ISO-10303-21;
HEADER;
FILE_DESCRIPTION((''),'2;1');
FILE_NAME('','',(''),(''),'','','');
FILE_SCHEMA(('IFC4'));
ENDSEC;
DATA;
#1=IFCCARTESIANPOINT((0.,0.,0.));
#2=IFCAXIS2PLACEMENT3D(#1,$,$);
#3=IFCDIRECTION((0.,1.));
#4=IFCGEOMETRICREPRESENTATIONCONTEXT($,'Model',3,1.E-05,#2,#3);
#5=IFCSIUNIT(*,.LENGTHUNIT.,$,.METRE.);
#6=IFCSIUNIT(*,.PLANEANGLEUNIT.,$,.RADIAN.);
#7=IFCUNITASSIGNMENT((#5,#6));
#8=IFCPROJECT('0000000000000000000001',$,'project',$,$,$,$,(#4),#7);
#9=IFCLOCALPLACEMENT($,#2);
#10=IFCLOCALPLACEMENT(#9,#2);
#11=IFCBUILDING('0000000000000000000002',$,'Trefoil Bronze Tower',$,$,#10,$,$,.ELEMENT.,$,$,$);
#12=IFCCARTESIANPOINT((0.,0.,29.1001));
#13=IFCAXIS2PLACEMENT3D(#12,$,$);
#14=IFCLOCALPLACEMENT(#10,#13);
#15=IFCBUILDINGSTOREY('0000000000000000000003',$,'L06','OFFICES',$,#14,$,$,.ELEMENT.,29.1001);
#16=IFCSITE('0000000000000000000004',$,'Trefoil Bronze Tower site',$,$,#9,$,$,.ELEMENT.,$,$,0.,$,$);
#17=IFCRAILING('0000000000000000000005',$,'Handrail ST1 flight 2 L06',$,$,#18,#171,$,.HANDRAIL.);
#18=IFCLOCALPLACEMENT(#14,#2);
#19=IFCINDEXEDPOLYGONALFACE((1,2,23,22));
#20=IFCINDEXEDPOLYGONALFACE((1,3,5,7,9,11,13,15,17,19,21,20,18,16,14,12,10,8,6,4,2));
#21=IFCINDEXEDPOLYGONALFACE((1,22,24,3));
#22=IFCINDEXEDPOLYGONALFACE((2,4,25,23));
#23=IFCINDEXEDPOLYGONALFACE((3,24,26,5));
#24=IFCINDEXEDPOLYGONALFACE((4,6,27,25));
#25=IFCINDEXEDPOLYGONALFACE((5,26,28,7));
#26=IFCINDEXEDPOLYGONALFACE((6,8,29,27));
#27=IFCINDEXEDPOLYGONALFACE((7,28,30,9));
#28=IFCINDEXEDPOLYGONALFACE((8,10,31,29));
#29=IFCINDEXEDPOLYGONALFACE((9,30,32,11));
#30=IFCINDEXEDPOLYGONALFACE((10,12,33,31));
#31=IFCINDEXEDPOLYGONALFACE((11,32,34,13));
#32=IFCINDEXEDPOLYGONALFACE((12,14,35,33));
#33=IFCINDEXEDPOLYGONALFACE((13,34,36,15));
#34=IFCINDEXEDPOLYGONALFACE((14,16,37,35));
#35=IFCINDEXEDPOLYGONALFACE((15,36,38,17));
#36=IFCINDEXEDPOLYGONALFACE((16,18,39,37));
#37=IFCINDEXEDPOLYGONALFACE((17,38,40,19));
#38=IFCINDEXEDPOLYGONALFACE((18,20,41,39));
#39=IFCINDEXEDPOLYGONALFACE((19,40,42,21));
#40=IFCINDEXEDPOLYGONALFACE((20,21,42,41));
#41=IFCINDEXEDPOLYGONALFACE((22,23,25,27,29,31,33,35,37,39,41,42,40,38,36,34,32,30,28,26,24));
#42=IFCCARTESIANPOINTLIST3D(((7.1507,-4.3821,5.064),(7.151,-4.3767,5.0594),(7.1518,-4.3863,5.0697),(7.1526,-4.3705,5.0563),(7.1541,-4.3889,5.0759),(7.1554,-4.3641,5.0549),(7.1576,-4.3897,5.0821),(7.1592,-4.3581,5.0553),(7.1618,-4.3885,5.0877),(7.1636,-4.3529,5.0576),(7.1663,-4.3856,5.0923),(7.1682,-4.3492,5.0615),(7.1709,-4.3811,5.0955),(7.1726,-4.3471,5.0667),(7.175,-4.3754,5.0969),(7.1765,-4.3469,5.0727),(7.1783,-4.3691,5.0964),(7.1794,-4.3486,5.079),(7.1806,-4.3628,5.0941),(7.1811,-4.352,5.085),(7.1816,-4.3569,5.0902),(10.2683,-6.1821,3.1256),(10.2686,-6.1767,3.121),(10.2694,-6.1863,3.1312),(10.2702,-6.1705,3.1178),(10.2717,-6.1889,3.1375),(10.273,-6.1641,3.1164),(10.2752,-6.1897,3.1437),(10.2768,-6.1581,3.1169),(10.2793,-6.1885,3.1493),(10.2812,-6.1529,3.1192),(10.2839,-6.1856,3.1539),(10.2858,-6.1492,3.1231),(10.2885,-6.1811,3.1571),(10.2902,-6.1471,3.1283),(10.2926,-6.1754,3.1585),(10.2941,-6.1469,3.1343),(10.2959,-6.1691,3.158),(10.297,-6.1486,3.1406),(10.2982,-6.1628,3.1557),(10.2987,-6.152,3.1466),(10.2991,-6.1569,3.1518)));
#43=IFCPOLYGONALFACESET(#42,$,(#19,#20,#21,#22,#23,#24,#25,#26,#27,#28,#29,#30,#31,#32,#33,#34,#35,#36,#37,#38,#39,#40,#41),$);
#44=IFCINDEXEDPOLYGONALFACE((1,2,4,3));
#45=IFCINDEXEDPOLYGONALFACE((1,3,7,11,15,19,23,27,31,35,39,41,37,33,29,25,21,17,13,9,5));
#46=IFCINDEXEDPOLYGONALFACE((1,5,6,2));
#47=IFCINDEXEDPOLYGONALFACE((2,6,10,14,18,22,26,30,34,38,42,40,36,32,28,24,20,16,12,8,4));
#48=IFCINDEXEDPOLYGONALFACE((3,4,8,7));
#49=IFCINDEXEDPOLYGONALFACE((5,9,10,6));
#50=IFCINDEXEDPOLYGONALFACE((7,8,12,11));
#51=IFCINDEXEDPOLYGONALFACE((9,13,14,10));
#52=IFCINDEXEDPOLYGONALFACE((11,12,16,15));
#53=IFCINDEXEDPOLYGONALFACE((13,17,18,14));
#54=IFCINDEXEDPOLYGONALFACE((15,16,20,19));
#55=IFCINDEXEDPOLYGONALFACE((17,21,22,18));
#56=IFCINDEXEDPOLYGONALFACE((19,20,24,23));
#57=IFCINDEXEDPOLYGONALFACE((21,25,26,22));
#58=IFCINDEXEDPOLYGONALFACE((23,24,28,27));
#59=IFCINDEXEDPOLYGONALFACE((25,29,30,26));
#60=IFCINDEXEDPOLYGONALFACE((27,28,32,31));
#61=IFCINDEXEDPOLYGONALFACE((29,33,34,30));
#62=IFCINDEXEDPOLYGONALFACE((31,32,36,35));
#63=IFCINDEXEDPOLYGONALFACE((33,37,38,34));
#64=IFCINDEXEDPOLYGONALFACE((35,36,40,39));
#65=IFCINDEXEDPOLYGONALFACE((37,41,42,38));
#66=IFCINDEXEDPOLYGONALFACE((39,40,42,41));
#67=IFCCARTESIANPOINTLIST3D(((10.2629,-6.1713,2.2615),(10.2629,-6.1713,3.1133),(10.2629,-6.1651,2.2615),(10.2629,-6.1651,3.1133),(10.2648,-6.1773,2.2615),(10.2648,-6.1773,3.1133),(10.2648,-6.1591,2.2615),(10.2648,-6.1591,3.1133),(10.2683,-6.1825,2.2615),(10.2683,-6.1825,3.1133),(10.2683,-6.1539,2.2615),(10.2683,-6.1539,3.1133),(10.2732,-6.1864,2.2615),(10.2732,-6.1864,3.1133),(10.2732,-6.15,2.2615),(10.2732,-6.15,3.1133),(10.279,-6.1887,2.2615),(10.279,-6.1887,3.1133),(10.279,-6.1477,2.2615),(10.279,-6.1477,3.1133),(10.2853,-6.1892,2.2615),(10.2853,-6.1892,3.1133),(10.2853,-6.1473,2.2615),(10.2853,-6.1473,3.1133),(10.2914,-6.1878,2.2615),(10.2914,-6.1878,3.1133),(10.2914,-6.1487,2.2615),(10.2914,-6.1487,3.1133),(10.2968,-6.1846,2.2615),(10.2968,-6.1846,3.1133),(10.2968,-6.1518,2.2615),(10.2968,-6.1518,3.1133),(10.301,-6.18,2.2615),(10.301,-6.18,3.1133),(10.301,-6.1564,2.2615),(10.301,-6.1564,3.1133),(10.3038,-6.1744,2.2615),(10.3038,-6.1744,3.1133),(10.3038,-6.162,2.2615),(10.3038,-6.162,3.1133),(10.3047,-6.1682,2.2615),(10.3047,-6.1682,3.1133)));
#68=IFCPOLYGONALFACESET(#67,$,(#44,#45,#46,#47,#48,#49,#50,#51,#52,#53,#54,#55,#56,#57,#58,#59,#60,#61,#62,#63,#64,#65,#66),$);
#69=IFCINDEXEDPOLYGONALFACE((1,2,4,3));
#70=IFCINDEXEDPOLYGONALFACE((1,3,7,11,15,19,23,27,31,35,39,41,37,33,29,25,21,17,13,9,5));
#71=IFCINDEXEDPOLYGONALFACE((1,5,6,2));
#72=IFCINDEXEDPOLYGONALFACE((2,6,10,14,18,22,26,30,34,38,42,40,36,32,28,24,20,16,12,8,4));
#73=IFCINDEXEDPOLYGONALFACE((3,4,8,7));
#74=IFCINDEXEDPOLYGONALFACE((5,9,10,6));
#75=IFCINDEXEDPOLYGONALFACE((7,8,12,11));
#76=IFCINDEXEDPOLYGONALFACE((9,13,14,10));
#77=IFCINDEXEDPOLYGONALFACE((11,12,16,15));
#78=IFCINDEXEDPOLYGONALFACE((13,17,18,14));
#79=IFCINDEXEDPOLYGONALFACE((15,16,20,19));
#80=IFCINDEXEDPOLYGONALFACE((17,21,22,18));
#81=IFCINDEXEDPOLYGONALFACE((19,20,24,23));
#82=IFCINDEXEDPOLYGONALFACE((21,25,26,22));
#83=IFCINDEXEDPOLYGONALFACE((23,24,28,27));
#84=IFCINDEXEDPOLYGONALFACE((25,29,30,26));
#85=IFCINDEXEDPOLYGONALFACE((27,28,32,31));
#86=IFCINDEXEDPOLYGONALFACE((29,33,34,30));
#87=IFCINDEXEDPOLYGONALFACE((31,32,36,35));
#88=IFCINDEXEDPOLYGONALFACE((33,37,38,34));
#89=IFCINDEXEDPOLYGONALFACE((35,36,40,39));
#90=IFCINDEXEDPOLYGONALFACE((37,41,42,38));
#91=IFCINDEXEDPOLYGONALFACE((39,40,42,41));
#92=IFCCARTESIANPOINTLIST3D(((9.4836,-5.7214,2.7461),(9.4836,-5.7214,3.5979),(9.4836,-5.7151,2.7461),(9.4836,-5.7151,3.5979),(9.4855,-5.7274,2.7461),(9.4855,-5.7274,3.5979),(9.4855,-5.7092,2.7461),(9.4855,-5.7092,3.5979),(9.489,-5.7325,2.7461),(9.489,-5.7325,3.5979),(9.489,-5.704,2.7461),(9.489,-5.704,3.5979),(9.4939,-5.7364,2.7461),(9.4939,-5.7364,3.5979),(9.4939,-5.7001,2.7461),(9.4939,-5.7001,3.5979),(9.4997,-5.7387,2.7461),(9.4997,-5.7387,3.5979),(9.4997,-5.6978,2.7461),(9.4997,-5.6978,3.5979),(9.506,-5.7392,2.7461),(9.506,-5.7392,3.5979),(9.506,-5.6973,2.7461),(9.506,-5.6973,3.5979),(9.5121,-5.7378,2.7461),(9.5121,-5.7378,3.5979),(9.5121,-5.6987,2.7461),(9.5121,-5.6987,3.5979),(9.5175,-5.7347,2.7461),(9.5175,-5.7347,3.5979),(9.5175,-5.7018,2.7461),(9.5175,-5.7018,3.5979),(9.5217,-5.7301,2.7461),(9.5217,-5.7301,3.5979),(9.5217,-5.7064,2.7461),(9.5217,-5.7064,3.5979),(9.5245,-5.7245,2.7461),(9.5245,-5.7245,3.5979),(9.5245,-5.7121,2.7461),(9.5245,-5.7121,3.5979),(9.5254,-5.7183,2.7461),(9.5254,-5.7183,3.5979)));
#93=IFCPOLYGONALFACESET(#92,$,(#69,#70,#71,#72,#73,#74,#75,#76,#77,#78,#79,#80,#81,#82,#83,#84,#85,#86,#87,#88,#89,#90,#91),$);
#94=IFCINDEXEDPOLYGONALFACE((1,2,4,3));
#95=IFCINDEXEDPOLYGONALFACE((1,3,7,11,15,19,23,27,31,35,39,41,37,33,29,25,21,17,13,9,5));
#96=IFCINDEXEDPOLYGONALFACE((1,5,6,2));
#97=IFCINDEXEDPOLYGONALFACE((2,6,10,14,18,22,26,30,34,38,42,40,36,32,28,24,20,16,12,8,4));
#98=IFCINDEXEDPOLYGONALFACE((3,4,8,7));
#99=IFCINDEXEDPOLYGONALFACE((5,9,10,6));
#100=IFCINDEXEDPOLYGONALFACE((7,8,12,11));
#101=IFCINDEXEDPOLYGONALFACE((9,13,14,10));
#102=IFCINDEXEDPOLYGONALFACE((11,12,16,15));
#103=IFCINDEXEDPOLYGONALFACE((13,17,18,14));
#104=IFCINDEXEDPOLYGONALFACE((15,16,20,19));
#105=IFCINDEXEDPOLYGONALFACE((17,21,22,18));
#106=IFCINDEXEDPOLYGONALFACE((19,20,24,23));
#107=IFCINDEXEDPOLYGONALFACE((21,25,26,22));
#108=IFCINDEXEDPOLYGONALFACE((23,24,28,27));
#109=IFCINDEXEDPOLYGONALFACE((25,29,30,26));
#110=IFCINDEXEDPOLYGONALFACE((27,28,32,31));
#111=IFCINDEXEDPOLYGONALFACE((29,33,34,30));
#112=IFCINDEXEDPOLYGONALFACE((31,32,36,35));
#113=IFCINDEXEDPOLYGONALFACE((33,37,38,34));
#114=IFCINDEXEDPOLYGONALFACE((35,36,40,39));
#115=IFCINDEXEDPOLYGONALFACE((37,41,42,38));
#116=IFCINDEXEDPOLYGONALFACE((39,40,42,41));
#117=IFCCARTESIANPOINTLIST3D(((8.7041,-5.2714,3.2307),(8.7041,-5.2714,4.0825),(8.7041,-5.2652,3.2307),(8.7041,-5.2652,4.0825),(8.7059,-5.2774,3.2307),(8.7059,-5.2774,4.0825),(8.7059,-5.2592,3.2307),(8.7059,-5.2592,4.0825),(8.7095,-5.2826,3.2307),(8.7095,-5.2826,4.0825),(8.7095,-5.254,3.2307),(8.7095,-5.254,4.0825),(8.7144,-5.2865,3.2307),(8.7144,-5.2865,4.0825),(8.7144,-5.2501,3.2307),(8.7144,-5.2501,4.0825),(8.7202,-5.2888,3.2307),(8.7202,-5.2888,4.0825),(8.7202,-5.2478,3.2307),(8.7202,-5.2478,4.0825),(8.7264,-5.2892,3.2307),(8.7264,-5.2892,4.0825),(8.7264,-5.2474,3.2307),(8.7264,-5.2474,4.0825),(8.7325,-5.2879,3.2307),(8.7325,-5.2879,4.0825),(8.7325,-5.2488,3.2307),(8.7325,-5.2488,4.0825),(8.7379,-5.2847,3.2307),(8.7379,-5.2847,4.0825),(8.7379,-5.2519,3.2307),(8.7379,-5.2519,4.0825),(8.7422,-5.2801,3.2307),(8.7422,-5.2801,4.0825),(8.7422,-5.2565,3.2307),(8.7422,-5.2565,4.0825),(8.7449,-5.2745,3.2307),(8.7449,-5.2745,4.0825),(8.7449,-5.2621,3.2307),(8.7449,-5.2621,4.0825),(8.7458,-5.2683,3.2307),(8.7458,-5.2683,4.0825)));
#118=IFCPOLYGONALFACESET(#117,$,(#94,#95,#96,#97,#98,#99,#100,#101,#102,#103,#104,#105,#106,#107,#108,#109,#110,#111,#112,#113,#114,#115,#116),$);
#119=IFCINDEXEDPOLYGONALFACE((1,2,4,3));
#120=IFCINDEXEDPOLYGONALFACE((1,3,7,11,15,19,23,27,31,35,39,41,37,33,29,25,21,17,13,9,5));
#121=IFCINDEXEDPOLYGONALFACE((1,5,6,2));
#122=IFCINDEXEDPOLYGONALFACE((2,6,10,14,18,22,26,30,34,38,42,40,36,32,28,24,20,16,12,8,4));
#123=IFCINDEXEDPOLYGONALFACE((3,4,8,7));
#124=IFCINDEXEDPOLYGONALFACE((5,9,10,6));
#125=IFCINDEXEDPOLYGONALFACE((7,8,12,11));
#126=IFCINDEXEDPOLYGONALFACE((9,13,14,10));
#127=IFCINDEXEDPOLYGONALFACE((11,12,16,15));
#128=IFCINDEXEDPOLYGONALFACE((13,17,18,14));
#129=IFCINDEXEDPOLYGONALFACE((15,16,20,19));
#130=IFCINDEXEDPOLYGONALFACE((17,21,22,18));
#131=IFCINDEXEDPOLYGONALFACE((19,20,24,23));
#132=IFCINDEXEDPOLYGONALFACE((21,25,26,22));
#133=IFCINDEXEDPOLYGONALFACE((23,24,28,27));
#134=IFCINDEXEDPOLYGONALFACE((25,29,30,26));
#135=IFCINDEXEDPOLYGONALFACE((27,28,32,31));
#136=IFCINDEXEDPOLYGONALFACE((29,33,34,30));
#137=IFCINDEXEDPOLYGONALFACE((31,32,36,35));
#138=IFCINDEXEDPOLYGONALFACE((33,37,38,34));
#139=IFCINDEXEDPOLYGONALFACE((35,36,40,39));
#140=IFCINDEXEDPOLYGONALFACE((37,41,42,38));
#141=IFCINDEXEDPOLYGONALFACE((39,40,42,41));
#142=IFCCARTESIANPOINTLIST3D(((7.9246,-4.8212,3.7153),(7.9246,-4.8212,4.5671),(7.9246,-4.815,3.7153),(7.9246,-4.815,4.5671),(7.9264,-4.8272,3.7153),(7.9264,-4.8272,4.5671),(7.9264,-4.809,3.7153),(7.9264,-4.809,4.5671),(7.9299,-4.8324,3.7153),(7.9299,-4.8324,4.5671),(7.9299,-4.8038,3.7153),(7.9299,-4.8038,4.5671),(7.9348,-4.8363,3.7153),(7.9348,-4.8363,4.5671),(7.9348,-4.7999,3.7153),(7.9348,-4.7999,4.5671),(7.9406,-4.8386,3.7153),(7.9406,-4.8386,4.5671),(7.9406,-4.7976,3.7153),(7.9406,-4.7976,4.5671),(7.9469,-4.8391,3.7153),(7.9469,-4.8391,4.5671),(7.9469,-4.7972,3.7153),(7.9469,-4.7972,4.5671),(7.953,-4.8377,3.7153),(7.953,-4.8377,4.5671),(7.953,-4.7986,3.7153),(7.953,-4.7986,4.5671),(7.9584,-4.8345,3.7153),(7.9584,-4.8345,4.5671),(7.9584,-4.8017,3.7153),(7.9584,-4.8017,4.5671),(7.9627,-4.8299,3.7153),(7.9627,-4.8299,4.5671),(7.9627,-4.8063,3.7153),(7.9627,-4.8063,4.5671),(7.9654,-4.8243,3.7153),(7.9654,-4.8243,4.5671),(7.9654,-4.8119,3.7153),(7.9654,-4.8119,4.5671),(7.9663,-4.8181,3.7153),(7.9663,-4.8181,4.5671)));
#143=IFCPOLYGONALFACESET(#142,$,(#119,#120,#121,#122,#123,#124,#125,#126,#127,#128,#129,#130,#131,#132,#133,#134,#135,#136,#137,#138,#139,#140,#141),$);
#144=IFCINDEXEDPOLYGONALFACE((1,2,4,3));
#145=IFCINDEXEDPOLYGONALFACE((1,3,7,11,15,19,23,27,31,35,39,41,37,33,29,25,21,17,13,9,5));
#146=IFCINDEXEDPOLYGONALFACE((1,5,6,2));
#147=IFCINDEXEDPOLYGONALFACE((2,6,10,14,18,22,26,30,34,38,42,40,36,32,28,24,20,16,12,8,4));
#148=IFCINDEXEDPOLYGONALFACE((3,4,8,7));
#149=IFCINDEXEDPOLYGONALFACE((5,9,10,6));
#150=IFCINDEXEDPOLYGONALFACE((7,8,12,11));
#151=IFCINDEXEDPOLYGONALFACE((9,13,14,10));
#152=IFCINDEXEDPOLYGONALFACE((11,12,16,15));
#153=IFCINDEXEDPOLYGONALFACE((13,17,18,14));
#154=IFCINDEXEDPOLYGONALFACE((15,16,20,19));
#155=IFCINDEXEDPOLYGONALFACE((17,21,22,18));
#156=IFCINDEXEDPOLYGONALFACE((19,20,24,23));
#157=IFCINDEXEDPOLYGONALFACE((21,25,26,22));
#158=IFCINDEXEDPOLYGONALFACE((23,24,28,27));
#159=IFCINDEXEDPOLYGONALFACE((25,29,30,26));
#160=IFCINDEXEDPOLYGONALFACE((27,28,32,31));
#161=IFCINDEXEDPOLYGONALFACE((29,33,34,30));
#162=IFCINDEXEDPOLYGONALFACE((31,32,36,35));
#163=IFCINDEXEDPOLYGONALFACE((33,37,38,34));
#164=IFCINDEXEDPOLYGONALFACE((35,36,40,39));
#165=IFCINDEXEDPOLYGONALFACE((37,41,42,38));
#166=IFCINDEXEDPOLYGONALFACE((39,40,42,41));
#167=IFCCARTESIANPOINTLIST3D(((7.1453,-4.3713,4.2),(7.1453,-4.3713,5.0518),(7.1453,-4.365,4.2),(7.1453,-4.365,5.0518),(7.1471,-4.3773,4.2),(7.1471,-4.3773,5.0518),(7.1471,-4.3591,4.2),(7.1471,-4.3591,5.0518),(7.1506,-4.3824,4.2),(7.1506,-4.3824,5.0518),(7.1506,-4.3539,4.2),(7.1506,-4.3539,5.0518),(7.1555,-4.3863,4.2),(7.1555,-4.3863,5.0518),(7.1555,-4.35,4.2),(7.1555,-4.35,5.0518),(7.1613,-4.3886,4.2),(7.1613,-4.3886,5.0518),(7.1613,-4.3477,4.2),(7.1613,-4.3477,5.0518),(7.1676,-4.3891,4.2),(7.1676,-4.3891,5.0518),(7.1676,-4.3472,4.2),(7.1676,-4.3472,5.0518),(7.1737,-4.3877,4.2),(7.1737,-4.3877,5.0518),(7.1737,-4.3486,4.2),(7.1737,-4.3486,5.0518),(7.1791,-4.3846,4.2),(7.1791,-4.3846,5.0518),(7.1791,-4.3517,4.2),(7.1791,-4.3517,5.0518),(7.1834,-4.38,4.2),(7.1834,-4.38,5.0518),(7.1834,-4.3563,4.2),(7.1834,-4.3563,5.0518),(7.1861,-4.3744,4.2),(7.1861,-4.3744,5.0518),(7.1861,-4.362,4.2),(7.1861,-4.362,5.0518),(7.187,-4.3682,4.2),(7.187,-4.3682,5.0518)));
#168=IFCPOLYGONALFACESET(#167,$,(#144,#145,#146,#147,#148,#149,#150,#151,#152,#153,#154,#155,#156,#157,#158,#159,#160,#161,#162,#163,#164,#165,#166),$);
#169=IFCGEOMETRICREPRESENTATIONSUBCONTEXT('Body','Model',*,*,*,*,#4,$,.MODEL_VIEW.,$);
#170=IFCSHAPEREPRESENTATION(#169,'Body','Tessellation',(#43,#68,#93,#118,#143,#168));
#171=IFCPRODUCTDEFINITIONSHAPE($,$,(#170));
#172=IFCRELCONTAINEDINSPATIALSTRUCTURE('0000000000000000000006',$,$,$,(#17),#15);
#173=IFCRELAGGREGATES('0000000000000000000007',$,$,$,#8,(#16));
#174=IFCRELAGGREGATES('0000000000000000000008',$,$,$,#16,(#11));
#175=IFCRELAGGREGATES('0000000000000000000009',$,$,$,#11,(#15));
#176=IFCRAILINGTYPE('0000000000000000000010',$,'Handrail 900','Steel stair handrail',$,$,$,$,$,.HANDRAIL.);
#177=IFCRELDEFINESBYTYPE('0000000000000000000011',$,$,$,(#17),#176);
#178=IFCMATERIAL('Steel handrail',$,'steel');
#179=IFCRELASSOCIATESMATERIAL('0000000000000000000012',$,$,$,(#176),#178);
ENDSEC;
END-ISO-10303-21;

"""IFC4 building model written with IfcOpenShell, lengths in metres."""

from ifc_helpers import new_model, si_unit, direction, frame, origin, origin_2d, place, context, subcontext, project, spatial, circle, extrude, material, type_object, element, save


model = new_model("IFC4")

# Units and contexts
model_context = context("Model", 3, precision=1e-05, world=origin(), true_north=direction((0.0, 1.0)))
body_context = subcontext(model_context, "Body", "Model", "MODEL_VIEW")
ifc_project = project(units=[si_unit("LENGTHUNIT", "METRE"), si_unit("PLANEANGLEUNIT", "RADIAN")], contexts=[model_context])

# Site, building, storey
site_placement = place(None, origin())
site = spatial("IfcSite", under=ifc_project, at=site_placement, Name="Trefoil Bronze Tower site", CompositionType="ELEMENT", RefElevation=0.0)
building_placement = place(site_placement, origin())
building = spatial("IfcBuilding", under=site, at=building_placement, Name="Trefoil Bronze Tower", CompositionType="ELEMENT")
storey_placement = place(building_placement, frame((0.0, 0.0, 29.1001)))
storey = spatial("IfcBuildingStorey", under=building, at=storey_placement, Name="L06", Description="OFFICES", CompositionType="ELEMENT", Elevation=29.1001)

# Railing
ifc_material_1 = material(Name="Steel handrail", Category="steel")
railing_type = type_object("IfcRailingType", Name="Handrail 900", Description="Steel stair handrail", PredefinedType="HANDRAIL", material=ifc_material_1)
railing_placement = place(storey_placement, frame((10.2837, -6.1682, 2.2615)))
element("IfcRailing", 1, at=railing_placement, inside=storey, type_object=railing_type, Name="Handrail ST1 flight 2 L06", PredefinedType="HANDRAIL", context=body_context, shape_type="SweptSolid", body=[
    extrude(circle(Radius=0.0239, at=origin_2d()), frame((0.0, 0.0, 0.876), z_axis=(-0.762503, 0.440246, 0.474102), x_axis=(-0.500012, -0.866018, 0.0)), (0.0, 0.0, 1.0), 4.0886),
    extrude(circle(Radius=0.021, at=origin_2d()), origin(), (0.0, 0.0, 1.0), 0.8518),
    extrude(circle(Radius=0.021, at=origin_2d()), frame((-0.7793, 0.45, 0.4846)), (0.0, 0.0, 1.0), 0.8518),
    extrude(circle(Radius=0.021, at=origin_2d()), frame((-1.5588, 0.8999, 0.9692)), (0.0, 0.0, 1.0), 0.8518),
    extrude(circle(Radius=0.021, at=origin_2d()), frame((-2.3384, 1.3501, 1.4539)), (0.0, 0.0, 1.0), 0.8518),
    extrude(circle(Radius=0.021, at=origin_2d()), frame((-3.1177, 1.8, 1.9385)), (0.0, 0.0, 1.0), 0.8518),
])

save(model, "model.ifc")
